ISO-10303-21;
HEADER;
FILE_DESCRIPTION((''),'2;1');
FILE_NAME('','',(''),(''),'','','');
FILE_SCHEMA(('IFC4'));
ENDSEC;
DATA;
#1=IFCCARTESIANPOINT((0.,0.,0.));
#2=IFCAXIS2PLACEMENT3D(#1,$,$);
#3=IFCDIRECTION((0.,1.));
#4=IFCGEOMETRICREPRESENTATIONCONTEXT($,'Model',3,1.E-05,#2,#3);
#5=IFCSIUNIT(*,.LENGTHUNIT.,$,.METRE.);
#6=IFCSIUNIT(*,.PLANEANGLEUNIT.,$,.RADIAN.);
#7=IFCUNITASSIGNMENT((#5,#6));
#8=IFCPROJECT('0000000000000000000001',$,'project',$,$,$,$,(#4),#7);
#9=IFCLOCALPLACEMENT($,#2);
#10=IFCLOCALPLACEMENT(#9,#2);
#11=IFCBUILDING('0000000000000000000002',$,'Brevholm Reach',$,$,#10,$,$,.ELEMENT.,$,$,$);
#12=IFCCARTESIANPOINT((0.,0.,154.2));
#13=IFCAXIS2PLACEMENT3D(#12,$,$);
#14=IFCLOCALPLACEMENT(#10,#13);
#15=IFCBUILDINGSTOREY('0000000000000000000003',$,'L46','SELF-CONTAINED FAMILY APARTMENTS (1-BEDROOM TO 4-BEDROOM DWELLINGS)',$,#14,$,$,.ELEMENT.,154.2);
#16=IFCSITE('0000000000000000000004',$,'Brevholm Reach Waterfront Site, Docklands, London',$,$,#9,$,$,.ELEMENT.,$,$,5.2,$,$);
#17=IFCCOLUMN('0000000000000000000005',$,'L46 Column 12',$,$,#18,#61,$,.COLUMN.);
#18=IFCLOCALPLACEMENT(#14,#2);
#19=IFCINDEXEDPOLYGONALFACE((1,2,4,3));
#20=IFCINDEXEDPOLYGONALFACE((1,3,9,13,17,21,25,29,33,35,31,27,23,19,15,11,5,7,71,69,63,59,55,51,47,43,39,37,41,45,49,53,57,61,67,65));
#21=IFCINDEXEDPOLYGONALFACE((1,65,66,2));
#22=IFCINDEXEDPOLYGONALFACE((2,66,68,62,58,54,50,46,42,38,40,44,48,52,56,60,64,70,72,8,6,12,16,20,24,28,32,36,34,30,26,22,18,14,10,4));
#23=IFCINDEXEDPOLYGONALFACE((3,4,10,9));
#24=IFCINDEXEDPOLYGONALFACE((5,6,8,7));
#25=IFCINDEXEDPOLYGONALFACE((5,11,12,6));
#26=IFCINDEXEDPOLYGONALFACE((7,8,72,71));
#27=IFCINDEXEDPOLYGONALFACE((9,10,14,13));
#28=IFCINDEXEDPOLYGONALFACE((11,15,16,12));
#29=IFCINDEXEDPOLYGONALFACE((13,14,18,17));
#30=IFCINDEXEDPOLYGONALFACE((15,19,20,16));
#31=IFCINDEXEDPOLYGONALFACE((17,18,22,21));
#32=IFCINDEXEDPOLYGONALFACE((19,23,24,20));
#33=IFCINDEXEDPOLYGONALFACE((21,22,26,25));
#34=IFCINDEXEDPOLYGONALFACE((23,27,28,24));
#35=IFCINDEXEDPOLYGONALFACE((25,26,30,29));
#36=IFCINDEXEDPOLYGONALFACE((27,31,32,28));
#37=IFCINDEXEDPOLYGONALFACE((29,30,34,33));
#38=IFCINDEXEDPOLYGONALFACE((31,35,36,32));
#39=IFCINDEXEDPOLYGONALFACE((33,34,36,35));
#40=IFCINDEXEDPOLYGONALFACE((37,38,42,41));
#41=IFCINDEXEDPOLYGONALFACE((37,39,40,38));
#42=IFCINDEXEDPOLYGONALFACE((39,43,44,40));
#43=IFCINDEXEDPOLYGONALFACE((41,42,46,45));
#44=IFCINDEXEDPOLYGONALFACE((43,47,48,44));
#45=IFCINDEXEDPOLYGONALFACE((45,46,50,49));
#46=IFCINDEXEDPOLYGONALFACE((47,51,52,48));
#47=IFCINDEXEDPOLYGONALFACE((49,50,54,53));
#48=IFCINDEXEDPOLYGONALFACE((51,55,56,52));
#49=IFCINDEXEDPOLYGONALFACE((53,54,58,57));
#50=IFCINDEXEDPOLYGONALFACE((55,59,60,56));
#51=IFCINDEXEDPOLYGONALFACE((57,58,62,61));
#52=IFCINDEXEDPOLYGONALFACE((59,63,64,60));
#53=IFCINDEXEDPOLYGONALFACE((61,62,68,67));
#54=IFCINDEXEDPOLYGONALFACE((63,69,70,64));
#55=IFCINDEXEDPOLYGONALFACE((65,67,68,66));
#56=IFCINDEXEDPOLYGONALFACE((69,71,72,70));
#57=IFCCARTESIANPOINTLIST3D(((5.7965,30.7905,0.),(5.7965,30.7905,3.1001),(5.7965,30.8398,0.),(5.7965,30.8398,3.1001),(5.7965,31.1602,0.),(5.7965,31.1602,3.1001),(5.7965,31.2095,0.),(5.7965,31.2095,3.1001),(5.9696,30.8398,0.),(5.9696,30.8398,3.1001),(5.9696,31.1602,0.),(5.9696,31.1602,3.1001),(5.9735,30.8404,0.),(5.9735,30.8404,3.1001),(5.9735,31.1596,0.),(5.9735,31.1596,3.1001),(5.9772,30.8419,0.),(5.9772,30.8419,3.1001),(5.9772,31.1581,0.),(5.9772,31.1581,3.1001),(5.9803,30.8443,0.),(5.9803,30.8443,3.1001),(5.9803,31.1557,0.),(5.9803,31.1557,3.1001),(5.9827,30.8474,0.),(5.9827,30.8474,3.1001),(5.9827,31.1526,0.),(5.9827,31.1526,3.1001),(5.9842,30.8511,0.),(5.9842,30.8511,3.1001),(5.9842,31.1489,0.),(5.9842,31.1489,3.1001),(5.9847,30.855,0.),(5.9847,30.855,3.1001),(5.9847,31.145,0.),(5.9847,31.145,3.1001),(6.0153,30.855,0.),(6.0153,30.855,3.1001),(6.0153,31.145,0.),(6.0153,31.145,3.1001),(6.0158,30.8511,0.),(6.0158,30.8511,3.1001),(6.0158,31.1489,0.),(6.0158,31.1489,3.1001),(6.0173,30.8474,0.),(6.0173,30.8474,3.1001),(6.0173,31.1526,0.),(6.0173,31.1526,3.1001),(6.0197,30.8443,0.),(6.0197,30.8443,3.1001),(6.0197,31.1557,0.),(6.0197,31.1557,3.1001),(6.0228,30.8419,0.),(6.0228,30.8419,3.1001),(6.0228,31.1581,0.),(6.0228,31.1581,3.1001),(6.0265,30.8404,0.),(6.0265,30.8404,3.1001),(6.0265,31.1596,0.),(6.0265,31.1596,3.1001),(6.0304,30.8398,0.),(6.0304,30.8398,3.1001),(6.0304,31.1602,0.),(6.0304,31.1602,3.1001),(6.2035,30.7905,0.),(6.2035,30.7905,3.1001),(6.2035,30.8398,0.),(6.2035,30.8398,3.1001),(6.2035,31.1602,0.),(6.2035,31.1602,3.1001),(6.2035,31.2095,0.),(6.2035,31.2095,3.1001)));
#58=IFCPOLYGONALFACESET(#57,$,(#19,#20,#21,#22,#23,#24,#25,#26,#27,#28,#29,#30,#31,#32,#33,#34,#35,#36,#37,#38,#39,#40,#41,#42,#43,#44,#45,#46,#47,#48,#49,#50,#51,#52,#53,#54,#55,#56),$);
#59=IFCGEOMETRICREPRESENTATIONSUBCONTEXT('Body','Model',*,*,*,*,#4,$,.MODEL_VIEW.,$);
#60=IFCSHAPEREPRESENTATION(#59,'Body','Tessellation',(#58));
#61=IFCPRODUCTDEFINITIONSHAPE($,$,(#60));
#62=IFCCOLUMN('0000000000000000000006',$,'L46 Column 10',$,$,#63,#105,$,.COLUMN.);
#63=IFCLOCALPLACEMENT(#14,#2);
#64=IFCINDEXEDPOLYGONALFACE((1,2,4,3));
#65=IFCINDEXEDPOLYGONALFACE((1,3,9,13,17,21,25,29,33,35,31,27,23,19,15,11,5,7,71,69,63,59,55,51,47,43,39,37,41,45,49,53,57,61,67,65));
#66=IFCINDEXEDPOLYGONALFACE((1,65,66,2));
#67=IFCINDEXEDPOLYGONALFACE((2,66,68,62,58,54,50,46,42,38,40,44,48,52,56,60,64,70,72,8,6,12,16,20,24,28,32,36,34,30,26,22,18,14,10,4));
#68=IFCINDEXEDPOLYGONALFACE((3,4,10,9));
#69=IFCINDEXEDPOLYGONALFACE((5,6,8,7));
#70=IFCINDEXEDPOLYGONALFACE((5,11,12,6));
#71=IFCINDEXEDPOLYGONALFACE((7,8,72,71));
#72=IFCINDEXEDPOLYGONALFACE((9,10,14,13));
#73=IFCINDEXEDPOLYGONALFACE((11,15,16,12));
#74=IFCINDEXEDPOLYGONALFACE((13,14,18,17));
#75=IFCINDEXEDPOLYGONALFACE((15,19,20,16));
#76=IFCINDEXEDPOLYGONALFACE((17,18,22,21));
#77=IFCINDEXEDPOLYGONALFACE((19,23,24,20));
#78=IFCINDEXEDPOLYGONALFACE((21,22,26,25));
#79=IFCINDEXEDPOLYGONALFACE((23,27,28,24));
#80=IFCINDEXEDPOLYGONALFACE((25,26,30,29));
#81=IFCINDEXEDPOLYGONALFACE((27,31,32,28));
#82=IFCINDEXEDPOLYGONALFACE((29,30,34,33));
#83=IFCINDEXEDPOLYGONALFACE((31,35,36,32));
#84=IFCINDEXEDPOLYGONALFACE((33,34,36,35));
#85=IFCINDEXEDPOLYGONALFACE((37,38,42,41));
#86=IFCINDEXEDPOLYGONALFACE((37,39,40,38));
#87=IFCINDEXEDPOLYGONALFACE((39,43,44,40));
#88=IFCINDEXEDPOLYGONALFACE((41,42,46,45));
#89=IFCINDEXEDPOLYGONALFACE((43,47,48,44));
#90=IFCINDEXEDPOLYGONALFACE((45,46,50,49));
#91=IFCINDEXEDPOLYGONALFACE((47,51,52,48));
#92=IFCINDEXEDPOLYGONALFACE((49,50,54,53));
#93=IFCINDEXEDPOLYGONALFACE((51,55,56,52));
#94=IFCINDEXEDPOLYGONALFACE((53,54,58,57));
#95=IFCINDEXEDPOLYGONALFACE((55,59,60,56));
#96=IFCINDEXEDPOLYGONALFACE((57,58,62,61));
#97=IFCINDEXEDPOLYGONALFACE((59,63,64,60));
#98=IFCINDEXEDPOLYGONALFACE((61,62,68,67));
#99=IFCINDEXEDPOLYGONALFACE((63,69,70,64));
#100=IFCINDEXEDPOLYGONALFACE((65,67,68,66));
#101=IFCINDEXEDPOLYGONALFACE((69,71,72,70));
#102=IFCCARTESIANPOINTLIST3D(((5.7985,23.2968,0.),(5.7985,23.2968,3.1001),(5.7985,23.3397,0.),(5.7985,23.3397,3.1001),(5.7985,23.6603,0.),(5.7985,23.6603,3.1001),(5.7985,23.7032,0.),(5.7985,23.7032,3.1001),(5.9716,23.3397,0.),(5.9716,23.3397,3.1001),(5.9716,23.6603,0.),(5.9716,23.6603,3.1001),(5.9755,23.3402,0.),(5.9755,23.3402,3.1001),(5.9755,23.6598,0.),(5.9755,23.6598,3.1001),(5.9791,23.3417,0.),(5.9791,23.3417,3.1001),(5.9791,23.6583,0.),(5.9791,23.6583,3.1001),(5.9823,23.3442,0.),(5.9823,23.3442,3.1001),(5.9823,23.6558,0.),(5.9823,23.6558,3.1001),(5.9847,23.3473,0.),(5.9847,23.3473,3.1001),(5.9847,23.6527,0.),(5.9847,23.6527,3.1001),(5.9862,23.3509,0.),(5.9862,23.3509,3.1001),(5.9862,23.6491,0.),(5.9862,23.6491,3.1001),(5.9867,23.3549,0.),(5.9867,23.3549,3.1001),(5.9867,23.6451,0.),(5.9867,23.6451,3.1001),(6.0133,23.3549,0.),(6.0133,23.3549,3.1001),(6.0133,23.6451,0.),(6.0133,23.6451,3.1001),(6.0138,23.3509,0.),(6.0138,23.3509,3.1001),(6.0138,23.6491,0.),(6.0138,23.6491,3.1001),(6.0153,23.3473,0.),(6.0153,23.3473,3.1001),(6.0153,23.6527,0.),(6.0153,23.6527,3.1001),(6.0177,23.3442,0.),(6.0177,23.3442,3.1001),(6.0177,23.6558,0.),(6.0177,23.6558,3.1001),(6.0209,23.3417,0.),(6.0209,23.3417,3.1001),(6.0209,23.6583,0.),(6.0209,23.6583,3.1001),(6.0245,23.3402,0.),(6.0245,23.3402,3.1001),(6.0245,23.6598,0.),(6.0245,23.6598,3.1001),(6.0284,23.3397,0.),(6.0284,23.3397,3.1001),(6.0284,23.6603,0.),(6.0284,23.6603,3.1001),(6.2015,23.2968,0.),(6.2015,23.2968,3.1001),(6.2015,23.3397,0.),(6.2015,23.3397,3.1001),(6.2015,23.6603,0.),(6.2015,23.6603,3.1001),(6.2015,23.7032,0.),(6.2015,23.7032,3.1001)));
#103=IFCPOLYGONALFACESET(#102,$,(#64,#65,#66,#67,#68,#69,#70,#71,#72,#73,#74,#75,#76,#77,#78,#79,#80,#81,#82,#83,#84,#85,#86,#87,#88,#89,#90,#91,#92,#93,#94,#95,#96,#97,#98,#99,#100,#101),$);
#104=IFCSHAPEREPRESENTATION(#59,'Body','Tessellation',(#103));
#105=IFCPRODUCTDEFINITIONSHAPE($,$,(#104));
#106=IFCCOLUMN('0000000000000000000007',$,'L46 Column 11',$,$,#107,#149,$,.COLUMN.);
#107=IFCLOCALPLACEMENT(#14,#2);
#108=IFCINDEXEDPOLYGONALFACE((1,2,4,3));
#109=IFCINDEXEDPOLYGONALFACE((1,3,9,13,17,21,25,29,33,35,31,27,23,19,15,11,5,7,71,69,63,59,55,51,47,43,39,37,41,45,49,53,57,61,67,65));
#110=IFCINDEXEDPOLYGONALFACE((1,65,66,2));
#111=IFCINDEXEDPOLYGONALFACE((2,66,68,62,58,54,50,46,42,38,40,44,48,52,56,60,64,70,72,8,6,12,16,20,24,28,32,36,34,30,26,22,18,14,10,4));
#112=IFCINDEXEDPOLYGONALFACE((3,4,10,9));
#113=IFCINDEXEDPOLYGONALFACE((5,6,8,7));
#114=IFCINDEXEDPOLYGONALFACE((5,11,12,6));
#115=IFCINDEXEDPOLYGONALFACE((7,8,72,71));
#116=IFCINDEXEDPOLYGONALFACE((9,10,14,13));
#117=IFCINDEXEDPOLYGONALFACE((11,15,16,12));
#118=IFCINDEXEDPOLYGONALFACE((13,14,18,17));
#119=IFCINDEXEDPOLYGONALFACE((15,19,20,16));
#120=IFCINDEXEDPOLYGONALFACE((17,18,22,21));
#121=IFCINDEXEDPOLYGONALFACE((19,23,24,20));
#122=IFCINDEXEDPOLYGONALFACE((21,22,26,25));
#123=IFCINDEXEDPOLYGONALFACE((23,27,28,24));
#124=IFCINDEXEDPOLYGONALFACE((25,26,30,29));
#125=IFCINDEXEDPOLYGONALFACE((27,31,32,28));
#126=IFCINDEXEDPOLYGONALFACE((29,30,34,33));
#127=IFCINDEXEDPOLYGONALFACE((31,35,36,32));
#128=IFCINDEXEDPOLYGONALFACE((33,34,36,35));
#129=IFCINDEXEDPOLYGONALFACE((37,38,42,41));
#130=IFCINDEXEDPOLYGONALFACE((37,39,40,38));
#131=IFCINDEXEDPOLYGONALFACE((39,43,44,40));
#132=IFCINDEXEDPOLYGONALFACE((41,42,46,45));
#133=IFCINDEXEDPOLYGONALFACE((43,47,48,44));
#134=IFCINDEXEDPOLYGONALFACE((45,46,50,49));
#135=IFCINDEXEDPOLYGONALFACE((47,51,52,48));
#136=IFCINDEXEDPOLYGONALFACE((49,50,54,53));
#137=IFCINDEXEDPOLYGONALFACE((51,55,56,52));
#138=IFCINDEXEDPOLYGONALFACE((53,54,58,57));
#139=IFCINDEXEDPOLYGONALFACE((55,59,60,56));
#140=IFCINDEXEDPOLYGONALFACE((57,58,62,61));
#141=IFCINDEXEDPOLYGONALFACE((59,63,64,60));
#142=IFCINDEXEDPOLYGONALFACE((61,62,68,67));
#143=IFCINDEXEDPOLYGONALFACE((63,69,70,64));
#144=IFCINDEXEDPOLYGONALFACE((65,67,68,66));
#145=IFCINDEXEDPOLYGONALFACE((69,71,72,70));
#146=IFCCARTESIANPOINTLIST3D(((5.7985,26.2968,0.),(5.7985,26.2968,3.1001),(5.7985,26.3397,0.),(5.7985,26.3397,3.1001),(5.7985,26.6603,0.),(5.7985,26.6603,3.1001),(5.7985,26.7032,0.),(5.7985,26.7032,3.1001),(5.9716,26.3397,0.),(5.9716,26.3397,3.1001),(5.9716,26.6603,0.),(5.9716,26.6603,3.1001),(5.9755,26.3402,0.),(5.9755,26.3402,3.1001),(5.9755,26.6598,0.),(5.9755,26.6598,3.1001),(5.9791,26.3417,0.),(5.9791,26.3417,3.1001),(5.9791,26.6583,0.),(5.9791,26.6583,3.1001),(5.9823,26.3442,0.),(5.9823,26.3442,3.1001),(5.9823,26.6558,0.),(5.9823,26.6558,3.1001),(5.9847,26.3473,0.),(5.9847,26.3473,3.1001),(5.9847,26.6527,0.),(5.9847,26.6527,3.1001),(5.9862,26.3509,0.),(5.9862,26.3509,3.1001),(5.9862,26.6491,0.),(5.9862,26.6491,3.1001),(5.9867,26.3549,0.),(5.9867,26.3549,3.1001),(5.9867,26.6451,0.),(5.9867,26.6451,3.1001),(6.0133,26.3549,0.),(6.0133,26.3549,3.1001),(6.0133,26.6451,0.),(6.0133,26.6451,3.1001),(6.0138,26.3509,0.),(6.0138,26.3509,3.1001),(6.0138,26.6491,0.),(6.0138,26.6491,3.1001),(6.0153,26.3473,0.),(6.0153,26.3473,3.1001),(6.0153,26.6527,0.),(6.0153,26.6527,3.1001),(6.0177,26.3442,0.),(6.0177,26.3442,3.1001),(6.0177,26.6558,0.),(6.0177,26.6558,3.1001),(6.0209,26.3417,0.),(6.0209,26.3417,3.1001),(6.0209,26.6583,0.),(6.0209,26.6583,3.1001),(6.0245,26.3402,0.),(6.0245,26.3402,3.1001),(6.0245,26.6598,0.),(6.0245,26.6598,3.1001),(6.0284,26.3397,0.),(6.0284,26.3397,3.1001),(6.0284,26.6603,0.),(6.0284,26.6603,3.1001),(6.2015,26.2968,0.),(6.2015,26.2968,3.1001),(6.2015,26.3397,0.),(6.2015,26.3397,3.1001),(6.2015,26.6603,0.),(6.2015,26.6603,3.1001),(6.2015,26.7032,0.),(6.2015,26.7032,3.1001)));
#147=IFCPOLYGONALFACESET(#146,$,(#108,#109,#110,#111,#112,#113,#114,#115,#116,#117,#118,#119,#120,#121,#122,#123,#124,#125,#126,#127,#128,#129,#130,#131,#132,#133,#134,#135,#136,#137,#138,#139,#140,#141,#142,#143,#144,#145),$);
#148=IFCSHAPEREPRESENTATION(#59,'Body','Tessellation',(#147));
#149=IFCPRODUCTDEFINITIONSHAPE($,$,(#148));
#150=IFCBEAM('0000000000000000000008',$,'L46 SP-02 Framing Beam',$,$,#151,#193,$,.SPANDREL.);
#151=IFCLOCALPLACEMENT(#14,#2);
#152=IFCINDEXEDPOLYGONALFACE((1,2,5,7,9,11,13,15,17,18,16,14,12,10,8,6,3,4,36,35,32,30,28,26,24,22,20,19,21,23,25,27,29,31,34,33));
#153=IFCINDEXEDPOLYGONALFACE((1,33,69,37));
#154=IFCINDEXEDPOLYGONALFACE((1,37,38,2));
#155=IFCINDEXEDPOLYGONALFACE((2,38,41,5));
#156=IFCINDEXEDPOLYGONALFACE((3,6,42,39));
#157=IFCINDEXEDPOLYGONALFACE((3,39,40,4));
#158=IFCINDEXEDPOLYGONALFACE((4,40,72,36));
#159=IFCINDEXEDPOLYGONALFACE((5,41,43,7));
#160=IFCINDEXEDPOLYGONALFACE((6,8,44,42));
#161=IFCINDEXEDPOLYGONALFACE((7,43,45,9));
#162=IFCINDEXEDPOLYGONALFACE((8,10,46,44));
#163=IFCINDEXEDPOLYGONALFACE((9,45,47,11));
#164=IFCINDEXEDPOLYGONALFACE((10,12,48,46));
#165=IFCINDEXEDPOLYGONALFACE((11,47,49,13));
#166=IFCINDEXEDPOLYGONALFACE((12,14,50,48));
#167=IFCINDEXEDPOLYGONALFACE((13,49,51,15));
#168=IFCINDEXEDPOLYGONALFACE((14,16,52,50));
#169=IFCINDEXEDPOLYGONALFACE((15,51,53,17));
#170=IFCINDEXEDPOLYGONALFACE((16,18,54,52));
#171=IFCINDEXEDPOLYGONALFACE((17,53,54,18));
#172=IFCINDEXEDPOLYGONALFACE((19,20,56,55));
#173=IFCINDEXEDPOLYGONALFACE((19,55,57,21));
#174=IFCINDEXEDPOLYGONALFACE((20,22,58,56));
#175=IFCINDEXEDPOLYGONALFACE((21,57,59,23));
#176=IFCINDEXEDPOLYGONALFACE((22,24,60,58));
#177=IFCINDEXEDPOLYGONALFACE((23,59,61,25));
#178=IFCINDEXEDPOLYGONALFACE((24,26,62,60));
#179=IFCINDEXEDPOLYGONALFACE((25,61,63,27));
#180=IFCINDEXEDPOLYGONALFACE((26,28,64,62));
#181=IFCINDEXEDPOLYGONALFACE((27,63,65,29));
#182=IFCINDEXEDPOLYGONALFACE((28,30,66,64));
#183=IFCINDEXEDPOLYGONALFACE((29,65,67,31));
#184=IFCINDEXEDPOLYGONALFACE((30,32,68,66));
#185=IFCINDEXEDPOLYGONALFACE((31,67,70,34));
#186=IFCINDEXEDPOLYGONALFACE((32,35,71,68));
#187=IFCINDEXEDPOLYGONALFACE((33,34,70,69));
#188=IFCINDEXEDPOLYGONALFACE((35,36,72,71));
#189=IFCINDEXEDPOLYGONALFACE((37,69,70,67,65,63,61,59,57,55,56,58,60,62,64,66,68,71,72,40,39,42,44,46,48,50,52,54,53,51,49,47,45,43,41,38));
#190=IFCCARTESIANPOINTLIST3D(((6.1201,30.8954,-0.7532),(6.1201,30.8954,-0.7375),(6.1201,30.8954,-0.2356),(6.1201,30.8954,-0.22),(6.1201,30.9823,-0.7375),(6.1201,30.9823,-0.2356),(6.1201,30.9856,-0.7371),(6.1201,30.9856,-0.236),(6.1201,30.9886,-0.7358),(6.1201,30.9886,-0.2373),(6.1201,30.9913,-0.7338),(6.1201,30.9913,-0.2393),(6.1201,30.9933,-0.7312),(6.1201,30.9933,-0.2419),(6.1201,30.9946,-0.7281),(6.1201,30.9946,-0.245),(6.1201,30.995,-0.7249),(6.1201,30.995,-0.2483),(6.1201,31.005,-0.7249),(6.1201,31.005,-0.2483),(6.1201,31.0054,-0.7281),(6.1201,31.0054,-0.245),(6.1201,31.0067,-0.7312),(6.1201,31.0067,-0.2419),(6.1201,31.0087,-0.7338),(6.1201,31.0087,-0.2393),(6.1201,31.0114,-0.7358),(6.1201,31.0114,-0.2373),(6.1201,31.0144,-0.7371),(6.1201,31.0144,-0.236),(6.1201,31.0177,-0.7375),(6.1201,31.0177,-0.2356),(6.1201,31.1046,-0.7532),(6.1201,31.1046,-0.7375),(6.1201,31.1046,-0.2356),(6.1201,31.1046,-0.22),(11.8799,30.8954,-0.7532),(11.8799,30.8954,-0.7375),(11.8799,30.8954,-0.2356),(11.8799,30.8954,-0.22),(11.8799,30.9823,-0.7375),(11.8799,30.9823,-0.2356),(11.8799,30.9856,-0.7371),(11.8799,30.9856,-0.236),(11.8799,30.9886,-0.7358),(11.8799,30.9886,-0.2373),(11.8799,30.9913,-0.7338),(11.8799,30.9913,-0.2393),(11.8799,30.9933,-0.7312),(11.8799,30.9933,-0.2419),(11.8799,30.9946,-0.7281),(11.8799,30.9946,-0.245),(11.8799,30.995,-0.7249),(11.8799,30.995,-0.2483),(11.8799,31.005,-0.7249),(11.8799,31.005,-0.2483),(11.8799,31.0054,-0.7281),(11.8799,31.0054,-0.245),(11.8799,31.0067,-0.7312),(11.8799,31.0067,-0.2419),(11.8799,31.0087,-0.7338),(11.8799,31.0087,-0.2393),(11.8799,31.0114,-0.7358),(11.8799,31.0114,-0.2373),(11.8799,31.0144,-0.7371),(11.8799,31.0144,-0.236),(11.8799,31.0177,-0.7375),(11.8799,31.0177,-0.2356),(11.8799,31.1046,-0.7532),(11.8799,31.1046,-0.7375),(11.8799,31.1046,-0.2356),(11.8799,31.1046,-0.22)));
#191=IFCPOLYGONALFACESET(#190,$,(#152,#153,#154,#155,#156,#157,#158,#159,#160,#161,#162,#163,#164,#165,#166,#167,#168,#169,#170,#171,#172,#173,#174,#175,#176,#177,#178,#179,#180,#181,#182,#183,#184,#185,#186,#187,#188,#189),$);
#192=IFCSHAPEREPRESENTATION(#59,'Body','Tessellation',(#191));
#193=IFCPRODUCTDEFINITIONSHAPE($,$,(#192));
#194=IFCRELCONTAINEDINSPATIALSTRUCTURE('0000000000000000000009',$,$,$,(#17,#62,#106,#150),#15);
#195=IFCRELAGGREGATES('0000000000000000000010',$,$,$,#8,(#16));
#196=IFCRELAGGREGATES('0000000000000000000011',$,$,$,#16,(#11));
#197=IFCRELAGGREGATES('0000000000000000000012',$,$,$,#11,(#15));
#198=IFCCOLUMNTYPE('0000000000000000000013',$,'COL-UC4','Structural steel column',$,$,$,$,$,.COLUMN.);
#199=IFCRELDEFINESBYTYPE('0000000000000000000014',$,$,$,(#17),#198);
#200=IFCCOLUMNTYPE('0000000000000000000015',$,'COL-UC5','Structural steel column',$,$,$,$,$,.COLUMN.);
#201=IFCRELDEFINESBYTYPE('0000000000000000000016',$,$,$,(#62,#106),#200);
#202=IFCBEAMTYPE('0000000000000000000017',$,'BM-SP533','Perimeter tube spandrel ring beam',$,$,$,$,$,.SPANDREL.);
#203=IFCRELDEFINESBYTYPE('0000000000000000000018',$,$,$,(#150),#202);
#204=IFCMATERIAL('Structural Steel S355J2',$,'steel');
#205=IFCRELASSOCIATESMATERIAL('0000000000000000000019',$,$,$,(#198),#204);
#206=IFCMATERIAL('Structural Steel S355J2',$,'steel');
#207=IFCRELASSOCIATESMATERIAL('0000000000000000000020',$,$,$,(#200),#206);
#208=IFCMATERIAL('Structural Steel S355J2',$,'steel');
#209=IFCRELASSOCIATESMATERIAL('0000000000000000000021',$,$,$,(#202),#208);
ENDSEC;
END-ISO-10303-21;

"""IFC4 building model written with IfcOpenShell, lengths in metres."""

from ifc_helpers import new_model, si_unit, direction, frame, origin, origin_2d, place, context, subcontext, project, spatial, i_section, extrude, material, material_profile, profile_set, type_object, element, save


model = new_model("IFC4")

# Units and contexts
model_context = context("Model", 3, precision=1e-05, world=origin(), true_north=direction((0.0, 1.0)))
body_context = subcontext(model_context, "Body", "Model", "MODEL_VIEW")
ifc_project = project(units=[si_unit("LENGTHUNIT", "METRE"), si_unit("PLANEANGLEUNIT", "RADIAN")], contexts=[model_context])

# Site, building, storey
site_placement = place(None, origin())
site = spatial("IfcSite", under=ifc_project, at=site_placement, Name="Brevholm Reach Waterfront Site, Docklands, London", CompositionType="ELEMENT", RefElevation=5.2)
building_placement = place(site_placement, origin())
building = spatial("IfcBuilding", under=site, at=building_placement, Name="Brevholm Reach", CompositionType="ELEMENT")
storey_placement = place(building_placement, frame((0.0, 0.0, 154.2)))
storey = spatial("IfcBuildingStorey", under=building, at=storey_placement, Name="L46", Description="SELF-CONTAINED FAMILY APARTMENTS (1-BEDROOM TO 4-BEDROOM DWELLINGS)", CompositionType="ELEMENT", Elevation=154.2)

# Columns
ifc_material_1 = material(Name="Structural Steel S355J2", Category="steel")
ifc_material_profile_1 = material_profile(ifc_material_1, i_section(OverallWidth=0.407, OverallDepth=0.4189, WebThickness=0.0305, FlangeThickness=0.0493, FilletRadius=0.0151, at=origin_2d()), Name="UKC 356x406x393")
ifc_profile_set_1 = profile_set([ifc_material_profile_1], Name="Structural Steel S355J2")
column_type_1 = type_object("IfcColumnType", Name="COL-UC4", Description="Structural steel column", PredefinedType="COLUMN", material=ifc_profile_set_1)
for number, where, z_axis, x_axis, name in (
    (1, (6.0, 31.0, 0.0), (0.0, 0.0, 1.0), (1.0, 0.0, 0.0), "L46 Column 12"),
):
    element("IfcColumn", number, at=place(storey_placement, frame(where, z_axis=z_axis, x_axis=x_axis)), inside=storey, type_object=column_type_1, Name=name, PredefinedType="COLUMN", context=body_context, shape_type="SweptSolid", body=[
        extrude(i_section(OverallWidth=0.407, OverallDepth=0.4189, WebThickness=0.0305, FlangeThickness=0.0493, FilletRadius=0.0151, at=origin_2d()), origin(), (0.0, 0.0, 1.0), 3.1001),
    ])
ifc_material_2 = material(Name="Structural Steel S355J2", Category="steel")
ifc_material_profile_2 = material_profile(ifc_material_2, i_section(OverallWidth=0.4031, OverallDepth=0.4065, WebThickness=0.0266, FlangeThickness=0.043, FilletRadius=0.0151, at=origin_2d()), Name="UKC 356x406x340")
ifc_profile_set_2 = profile_set([ifc_material_profile_2], Name="Structural Steel S355J2")
column_type_2 = type_object("IfcColumnType", Name="COL-UC5", Description="Structural steel column", PredefinedType="COLUMN", material=ifc_profile_set_2)
for number, where, z_axis, x_axis, name in (
    (2, (6.0, 23.5, 0.0), (0.0, 0.0, 1.0), (1.0, 0.0, 0.0), "L46 Column 10"),
    (3, (6.0, 26.5, 0.0), (0.0, 0.0, 1.0), (1.0, 0.0, 0.0), "L46 Column 11"),
):
    element("IfcColumn", number, at=place(storey_placement, frame(where, z_axis=z_axis, x_axis=x_axis)), inside=storey, type_object=column_type_2, Name=name, PredefinedType="COLUMN", context=body_context, shape_type="SweptSolid", body=[
        extrude(i_section(OverallWidth=0.4031, OverallDepth=0.4065, WebThickness=0.0266, FlangeThickness=0.043, FilletRadius=0.0151, at=origin_2d()), origin(), (0.0, 0.0, 1.0), 3.1001),
    ])

# Beam
ifc_material_3 = material(Name="Structural Steel S355J2", Category="steel")
ifc_material_profile_3 = material_profile(ifc_material_3, i_section(OverallWidth=0.2092, OverallDepth=0.5332, WebThickness=0.01, FlangeThickness=0.0156, FilletRadius=0.0127, at=origin_2d()), Name="UKB 533x210x92")
ifc_profile_set_3 = profile_set([ifc_material_profile_3], Name="Structural Steel S355J2")
beam_type_1 = type_object("IfcBeamType", Name="BM-SP533", Description="Perimeter tube spandrel ring beam", PredefinedType="SPANDREL", material=ifc_profile_set_3)
beam_1_placement = place(storey_placement, frame((6.1201, 31.0, -0.4866), z_axis=(1.0, 0.0, 0.0), x_axis=(0.0, 1.0, 0.0)))
element("IfcBeam", 4, at=beam_1_placement, inside=storey, type_object=beam_type_1, Name="L46 SP-02 Framing Beam", PredefinedType="SPANDREL", context=body_context, shape_type="SweptSolid", body=[
    extrude(i_section(OverallWidth=0.2092, OverallDepth=0.5332, WebThickness=0.01, FlangeThickness=0.0156, FilletRadius=0.0127, at=origin_2d()), origin(), (0.0, 0.0, 1.0), 5.7598),
])

save(model, "model.ifc")
